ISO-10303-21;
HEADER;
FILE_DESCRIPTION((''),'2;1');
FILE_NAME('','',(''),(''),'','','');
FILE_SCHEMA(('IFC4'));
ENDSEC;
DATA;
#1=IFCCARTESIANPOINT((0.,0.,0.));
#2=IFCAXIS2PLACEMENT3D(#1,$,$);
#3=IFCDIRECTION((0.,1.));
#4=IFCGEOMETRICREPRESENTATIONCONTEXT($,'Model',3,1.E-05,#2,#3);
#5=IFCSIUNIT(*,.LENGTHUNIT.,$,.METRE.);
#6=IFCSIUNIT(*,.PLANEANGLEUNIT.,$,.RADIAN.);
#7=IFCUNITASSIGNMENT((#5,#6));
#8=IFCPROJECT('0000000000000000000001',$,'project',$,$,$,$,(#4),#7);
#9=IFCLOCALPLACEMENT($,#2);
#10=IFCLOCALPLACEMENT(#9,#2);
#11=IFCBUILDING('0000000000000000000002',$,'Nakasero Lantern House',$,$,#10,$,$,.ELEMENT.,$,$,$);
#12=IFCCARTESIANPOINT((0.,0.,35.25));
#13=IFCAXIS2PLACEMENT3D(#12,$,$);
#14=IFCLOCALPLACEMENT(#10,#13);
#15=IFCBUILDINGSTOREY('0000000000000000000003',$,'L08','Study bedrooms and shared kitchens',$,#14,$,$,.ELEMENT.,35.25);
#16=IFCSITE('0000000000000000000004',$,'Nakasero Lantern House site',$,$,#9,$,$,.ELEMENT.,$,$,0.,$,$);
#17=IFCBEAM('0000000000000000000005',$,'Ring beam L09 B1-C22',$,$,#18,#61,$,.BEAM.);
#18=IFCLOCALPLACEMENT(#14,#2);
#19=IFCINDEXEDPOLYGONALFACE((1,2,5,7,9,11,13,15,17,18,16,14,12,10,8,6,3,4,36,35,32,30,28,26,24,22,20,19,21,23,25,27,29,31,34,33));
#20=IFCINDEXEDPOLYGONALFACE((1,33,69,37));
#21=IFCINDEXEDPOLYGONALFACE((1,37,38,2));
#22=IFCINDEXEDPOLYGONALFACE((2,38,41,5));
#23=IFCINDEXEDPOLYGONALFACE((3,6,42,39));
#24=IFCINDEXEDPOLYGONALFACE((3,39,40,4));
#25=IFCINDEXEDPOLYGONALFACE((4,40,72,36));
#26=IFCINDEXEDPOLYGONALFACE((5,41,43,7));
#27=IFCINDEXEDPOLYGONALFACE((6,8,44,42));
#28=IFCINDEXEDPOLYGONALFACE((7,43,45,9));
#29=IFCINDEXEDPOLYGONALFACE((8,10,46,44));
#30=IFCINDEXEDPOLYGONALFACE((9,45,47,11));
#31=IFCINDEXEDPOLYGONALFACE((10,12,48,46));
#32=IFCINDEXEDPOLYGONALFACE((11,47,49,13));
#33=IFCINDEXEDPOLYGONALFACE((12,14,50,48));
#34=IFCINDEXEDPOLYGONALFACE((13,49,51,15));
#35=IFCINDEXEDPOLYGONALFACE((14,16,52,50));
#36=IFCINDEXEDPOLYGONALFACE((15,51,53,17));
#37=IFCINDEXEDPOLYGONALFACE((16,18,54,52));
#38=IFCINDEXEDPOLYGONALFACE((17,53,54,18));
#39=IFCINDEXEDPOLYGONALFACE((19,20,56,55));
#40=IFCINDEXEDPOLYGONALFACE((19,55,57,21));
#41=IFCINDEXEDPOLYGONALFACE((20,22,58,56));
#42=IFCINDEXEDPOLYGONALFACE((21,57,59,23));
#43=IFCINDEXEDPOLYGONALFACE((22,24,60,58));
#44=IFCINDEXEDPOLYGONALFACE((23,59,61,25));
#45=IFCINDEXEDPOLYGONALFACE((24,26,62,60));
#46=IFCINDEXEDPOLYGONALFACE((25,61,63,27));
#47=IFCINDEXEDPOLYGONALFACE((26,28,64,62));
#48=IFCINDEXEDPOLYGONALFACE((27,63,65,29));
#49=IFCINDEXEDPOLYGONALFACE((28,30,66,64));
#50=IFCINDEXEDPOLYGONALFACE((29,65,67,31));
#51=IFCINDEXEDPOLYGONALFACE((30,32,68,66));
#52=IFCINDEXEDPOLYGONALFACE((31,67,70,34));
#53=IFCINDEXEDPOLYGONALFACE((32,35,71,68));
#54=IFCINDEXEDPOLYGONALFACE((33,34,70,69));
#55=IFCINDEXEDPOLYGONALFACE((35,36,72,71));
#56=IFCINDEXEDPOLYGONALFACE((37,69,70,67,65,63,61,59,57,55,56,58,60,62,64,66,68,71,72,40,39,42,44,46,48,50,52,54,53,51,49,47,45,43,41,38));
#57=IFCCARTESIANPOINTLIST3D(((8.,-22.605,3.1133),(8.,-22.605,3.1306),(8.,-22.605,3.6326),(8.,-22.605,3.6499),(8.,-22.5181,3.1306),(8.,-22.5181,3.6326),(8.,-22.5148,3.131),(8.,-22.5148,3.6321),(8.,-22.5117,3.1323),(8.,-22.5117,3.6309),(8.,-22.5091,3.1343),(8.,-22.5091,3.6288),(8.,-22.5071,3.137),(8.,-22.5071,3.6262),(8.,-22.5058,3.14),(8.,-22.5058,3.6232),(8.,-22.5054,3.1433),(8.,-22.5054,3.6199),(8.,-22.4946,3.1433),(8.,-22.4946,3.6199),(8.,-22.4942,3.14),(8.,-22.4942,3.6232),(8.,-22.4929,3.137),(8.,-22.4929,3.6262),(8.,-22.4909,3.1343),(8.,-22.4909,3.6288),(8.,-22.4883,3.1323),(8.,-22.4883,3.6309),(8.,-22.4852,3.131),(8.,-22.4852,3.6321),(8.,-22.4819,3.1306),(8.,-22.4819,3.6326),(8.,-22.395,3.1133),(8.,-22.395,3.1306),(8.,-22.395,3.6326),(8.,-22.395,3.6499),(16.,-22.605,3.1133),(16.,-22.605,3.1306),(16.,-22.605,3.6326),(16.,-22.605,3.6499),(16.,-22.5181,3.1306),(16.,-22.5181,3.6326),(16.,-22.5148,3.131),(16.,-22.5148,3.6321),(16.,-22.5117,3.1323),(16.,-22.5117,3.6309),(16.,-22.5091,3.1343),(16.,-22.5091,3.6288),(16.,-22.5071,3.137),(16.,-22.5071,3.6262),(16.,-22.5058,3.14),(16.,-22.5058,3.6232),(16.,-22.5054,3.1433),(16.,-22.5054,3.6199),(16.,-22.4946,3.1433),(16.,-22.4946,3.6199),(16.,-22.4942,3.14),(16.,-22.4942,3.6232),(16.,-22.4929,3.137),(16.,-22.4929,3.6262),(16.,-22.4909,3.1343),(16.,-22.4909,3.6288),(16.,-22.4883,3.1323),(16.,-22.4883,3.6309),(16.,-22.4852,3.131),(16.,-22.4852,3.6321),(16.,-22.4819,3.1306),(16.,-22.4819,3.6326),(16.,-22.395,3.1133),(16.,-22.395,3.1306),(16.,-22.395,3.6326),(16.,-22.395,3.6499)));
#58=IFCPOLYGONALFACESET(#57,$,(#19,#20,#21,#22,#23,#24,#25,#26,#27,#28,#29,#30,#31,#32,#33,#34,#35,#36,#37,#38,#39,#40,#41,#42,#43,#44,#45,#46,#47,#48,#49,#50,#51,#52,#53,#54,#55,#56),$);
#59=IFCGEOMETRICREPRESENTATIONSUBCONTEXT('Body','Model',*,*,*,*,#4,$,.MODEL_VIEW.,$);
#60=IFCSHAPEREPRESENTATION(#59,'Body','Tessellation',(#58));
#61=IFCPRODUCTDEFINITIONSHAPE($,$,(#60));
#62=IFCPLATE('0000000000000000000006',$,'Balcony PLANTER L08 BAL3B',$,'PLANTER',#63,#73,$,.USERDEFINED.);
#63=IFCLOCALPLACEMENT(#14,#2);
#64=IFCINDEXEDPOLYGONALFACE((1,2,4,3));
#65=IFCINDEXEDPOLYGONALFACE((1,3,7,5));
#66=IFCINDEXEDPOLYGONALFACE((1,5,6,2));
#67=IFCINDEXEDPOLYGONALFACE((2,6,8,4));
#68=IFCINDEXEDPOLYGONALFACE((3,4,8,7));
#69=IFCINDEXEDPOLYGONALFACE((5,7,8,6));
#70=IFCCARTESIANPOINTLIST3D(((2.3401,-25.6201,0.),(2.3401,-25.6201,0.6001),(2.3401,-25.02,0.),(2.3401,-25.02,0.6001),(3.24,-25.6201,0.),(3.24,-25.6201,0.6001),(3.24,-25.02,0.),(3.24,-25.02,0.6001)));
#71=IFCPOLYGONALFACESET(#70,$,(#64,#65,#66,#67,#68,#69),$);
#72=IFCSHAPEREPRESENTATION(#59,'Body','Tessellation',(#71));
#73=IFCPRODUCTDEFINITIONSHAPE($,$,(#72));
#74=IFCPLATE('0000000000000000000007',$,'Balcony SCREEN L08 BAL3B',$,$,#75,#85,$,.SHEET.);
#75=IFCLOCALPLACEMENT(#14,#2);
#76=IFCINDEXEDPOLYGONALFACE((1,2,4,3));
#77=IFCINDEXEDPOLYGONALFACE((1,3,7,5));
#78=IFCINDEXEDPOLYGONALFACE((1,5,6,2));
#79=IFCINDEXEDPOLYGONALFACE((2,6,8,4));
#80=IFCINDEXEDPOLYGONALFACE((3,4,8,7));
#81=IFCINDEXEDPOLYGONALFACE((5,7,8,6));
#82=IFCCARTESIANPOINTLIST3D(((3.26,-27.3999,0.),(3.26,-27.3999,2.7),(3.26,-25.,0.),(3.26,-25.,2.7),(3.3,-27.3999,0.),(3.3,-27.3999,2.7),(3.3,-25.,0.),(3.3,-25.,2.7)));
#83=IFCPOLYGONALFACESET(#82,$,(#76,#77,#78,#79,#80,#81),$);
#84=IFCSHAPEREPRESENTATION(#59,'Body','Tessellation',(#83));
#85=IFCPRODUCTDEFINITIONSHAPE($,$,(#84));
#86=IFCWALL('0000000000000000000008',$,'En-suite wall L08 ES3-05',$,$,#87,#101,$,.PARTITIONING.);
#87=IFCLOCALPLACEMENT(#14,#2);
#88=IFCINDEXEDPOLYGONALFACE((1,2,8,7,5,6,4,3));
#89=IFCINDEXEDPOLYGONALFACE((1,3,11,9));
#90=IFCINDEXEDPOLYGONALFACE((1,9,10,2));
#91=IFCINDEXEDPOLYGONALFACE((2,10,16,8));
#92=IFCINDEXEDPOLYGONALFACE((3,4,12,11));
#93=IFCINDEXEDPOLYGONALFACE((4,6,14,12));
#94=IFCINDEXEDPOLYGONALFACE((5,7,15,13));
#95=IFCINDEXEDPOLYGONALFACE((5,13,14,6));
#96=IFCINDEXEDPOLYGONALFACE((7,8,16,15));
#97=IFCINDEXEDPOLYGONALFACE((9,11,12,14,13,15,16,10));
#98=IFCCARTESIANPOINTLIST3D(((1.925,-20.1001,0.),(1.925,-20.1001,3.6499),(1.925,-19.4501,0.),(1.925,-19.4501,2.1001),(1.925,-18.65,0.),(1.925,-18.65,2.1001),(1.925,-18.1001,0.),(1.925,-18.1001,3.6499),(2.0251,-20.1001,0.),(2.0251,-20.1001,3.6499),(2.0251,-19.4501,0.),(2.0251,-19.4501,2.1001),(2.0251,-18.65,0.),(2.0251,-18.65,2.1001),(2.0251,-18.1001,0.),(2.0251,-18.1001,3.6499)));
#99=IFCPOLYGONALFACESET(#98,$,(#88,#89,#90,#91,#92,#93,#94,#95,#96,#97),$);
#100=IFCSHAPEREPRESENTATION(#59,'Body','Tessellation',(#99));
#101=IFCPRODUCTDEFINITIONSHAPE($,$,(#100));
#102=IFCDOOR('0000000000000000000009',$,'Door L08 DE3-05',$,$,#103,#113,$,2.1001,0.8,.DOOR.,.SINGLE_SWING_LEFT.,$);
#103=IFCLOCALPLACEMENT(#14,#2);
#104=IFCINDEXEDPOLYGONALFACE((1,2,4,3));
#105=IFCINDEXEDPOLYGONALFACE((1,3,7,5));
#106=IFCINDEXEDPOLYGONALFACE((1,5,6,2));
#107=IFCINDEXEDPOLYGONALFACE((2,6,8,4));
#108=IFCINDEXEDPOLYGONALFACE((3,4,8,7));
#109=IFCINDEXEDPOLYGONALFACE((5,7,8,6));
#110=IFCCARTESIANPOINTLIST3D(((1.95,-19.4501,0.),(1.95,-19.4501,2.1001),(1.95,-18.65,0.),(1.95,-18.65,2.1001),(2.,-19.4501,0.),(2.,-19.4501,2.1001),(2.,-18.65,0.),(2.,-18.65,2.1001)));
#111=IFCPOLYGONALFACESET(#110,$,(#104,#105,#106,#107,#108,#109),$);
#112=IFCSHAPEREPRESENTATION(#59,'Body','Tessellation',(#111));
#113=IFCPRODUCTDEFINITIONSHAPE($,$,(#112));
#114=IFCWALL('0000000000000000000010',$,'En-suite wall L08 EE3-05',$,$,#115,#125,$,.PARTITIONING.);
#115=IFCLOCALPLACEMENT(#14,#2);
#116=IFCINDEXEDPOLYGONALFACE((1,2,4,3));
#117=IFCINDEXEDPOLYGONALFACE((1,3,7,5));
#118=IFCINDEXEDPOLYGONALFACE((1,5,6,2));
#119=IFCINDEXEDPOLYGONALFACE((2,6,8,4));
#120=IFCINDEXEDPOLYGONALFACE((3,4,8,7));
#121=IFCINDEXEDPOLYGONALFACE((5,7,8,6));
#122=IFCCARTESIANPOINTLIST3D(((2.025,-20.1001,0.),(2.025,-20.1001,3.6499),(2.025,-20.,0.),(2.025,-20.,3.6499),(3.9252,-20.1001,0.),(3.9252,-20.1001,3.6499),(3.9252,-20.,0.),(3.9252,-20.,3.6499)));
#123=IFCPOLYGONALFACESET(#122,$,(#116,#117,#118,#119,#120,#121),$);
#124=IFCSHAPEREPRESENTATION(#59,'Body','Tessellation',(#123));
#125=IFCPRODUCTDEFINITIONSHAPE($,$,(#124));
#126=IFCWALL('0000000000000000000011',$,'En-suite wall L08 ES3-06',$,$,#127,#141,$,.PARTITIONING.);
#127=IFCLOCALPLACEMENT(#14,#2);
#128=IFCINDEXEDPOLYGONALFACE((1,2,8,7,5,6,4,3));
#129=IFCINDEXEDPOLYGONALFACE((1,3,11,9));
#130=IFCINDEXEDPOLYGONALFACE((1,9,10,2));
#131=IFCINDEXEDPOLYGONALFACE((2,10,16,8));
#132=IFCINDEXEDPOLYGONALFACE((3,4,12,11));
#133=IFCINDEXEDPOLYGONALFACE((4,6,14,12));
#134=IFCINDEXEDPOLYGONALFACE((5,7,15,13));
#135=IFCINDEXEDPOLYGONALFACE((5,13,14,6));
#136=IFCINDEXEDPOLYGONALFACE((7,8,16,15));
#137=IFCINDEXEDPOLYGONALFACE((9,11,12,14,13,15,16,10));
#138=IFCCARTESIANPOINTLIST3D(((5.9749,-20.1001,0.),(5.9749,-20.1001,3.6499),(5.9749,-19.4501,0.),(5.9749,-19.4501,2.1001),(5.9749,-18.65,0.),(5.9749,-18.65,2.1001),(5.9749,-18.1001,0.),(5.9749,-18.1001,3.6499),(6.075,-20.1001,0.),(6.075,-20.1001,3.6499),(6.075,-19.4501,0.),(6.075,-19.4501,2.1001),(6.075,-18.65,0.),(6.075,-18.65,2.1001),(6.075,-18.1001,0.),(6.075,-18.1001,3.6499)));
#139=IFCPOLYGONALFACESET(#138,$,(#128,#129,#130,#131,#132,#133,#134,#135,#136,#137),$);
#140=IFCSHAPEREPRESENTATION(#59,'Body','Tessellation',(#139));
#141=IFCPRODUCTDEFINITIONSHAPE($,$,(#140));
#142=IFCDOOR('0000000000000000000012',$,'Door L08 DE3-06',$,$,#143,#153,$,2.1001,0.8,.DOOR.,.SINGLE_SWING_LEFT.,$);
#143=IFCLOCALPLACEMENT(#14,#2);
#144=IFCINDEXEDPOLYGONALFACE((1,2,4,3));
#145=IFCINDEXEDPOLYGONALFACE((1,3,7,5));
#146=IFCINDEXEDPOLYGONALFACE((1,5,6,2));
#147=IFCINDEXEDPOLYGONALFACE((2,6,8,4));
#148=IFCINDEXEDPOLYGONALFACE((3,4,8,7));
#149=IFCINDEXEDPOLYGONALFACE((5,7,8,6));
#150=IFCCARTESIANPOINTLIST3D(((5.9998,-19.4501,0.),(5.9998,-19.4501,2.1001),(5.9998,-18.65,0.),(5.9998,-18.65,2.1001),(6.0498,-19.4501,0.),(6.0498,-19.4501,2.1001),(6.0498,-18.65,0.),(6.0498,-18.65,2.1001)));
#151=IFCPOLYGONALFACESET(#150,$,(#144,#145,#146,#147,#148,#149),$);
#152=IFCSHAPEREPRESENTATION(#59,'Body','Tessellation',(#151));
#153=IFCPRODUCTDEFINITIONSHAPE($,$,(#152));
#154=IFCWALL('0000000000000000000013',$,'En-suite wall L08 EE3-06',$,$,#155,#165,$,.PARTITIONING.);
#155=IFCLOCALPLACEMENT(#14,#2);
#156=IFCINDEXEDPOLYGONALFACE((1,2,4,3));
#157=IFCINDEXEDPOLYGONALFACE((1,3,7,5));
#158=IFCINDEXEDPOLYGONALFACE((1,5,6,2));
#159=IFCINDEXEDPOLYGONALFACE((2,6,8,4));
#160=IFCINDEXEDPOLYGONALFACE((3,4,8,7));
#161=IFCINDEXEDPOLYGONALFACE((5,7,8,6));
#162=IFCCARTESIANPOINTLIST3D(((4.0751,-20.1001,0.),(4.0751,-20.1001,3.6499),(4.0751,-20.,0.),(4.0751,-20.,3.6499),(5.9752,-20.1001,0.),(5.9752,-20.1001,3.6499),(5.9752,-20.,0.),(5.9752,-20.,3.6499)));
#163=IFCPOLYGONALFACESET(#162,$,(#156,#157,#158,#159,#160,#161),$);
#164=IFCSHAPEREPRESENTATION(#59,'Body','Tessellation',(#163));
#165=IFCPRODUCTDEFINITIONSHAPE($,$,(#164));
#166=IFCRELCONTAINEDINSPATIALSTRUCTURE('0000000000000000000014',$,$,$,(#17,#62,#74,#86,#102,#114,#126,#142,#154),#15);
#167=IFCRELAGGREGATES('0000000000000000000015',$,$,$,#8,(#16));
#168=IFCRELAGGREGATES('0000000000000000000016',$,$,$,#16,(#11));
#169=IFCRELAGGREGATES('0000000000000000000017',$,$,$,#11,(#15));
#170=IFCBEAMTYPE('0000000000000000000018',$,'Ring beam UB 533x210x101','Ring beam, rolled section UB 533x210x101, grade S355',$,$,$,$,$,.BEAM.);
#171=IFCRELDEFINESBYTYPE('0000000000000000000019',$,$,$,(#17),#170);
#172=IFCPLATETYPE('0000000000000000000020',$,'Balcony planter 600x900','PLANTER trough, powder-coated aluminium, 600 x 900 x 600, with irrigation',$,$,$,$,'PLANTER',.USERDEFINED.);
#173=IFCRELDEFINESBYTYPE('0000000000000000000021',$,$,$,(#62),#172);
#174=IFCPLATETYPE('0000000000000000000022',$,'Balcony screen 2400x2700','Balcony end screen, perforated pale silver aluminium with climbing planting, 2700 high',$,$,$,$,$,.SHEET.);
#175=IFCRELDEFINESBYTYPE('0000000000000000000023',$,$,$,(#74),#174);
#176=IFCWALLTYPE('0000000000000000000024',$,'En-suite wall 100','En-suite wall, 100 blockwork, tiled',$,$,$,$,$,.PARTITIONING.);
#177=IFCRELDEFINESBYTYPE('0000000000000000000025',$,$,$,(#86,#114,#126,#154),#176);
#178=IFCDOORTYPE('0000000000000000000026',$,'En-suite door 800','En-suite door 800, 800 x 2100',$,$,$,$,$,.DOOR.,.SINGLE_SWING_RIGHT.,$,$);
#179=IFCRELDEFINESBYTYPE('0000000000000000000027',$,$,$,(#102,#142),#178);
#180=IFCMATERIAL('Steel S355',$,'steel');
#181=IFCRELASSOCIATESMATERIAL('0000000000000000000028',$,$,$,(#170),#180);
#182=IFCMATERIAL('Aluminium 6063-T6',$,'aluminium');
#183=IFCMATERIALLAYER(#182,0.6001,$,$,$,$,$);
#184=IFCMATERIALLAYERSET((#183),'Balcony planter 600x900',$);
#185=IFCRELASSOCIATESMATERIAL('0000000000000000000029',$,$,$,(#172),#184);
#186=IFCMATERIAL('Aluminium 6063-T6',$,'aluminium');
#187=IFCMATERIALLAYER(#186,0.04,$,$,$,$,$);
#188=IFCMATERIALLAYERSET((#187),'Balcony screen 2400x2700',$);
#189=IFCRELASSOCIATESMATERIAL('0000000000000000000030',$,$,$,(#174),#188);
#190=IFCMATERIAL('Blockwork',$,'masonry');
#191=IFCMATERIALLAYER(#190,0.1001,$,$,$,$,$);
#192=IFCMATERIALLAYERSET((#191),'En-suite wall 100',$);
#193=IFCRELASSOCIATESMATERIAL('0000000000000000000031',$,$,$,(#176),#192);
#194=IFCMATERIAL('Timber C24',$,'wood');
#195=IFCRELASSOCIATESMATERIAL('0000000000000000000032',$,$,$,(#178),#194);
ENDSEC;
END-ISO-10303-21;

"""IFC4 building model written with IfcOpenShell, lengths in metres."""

from ifc_helpers import new_model, si_unit, direction, frame, frame_2d, origin, origin_2d, place, context, subcontext, project, spatial, rectangle, i_section, extrude, material, layer, layer_set, material_profile, profile_set, type_object, element, fill, save


model = new_model("IFC4")

# Units and contexts
model_context = context("Model", 3, precision=1e-05, world=origin(), true_north=direction((0.0, 1.0)))
body_context = subcontext(model_context, "Body", "Model", "MODEL_VIEW")
ifc_project = project(units=[si_unit("LENGTHUNIT", "METRE"), si_unit("PLANEANGLEUNIT", "RADIAN")], contexts=[model_context])

# Site, building, storey
site_placement = place(None, origin())
site = spatial("IfcSite", under=ifc_project, at=site_placement, Name="Nakasero Lantern House site", CompositionType="ELEMENT", RefElevation=0.0)
building_placement = place(site_placement, origin())
building = spatial("IfcBuilding", under=site, at=building_placement, Name="Nakasero Lantern House", CompositionType="ELEMENT")
storey_placement = place(building_placement, frame((0.0, 0.0, 35.25)))
storey = spatial("IfcBuildingStorey", under=building, at=storey_placement, Name="L08", Description="Study bedrooms and shared kitchens", CompositionType="ELEMENT", Elevation=35.25)

# Beam
ifc_material_1 = material(Name="Steel S355", Category="steel")
ifc_material_profile_1 = material_profile(ifc_material_1, i_section(OverallWidth=0.21, OverallDepth=0.5366, WebThickness=0.0107, FlangeThickness=0.0173, FilletRadius=0.0127, at=origin_2d()), Name="UB 533x210x101")
ifc_profile_set_1 = profile_set([ifc_material_profile_1], Name="Steel S355")
beam_type_1 = type_object("IfcBeamType", Name="Ring beam UB 533x210x101", Description="Ring beam, rolled section UB 533x210x101, grade S355", PredefinedType="BEAM", material=ifc_profile_set_1)
beam_1_placement = place(storey_placement, frame((8.0, -22.5, 3.3816), z_axis=(1.0, 0.0, 0.0), x_axis=(0.0, 1.0, 0.0)))
element("IfcBeam", 1, at=beam_1_placement, inside=storey, type_object=beam_type_1, Name="Ring beam L09 B1-C22", PredefinedType="BEAM", context=body_context, shape_type="SweptSolid", body=[
    extrude(i_section(OverallWidth=0.21, OverallDepth=0.5366, WebThickness=0.0107, FlangeThickness=0.0173, FilletRadius=0.0127, at=origin_2d()), origin(), (0.0, 0.0, 1.0), 8.0),
])

# Plates
ifc_material_2 = material(Name="Aluminium 6063-T6", Category="aluminium")
ifc_layer_1 = layer(ifc_material_2, 0.6001)
ifc_layer_set_1 = layer_set([ifc_layer_1], Name="Balcony planter 600x900")
plate_type_1 = type_object("IfcPlateType", Name="Balcony planter 600x900", Description="PLANTER trough, powder-coated aluminium, 600 x 900 x 600, with irrigation", ElementType="PLANTER", PredefinedType="USERDEFINED", material=ifc_layer_set_1)
plate_1_placement = place(storey_placement, frame((2.79, -25.3201, 0.0), z_axis=(0.0, 0.0, 1.0), x_axis=(0.0, -1.0, 0.0)))
element("IfcPlate", 2, at=plate_1_placement, inside=storey, type_object=plate_type_1, Name="Balcony PLANTER L08 BAL3B", ObjectType="PLANTER", PredefinedType="USERDEFINED", context=body_context, shape_type="SweptSolid", body=[
    extrude(rectangle(XDim=0.6001, YDim=0.8999, at=origin_2d()), origin(), (0.0, 0.0, 1.0), 0.6001),
])
ifc_material_3 = material(Name="Aluminium 6063-T6", Category="aluminium")
ifc_layer_2 = layer(ifc_material_3, 0.04)
ifc_layer_set_2 = layer_set([ifc_layer_2], Name="Balcony screen 2400x2700")
plate_type_2 = type_object("IfcPlateType", Name="Balcony screen 2400x2700", Description="Balcony end screen, perforated pale silver aluminium with climbing planting, 2700 high", PredefinedType="SHEET", material=ifc_layer_set_2)
plate_2_placement = place(storey_placement, frame((3.28, -26.2, 0.0), z_axis=(0.0, 0.0, 1.0), x_axis=(0.0, -1.0, 0.0)))
element("IfcPlate", 3, at=plate_2_placement, inside=storey, type_object=plate_type_2, Name="Balcony SCREEN L08 BAL3B", PredefinedType="SHEET", context=body_context, shape_type="SweptSolid", body=[
    extrude(rectangle(XDim=2.3999, YDim=0.04, at=origin_2d()), origin(), (0.0, 0.0, 1.0), 2.7),
])

# Wall, opening, door
ifc_material_4 = material(Name="Blockwork", Category="masonry")
ifc_layer_3 = layer(ifc_material_4, 0.1001)
ifc_layer_set_3 = layer_set([ifc_layer_3], Name="En-suite wall 100")
wall_type_1 = type_object("IfcWallType", Name="En-suite wall 100", Description="En-suite wall, 100 blockwork, tiled", PredefinedType="PARTITIONING", material=ifc_layer_set_3)
wall_1_placement = place(storey_placement, frame((1.9751, -18.1001, 0.0), z_axis=(0.0, 0.0, 1.0), x_axis=(0.0, -1.0, 0.0)))
wall_1 = element("IfcWall", 4, at=wall_1_placement, inside=storey, type_object=wall_type_1, Name="En-suite wall L08 ES3-05", PredefinedType="PARTITIONING", context=body_context, shape_type="SweptSolid", body=[
    extrude(rectangle(XDim=2.0, YDim=0.1001, at=frame_2d((1.0, 0.0))), origin(), (0.0, 0.0, 1.0), 3.6499),
])
opening_1_placement = place(wall_1_placement, frame((0.55, 0.0, 0.0)))
opening_1 = element("IfcOpeningElement", 5, at=opening_1_placement, cuts=wall_1, PredefinedType="OPENING", context=body_context, shape_type="SweptSolid", body=[
    extrude(rectangle(XDim=0.8, YDim=2.1001, at=frame_2d((0.3999, 1.05))), frame((0.0, 0.0701, 0.0), z_axis=(0.0, -1.0, 0.0), x_axis=(1.0, 0.0, 0.0)), (0.0, 0.0, 1.0), 0.1401),
])
ifc_material_5 = material(Name="Timber C24", Category="wood")
door_type_1 = type_object("IfcDoorType", Name="En-suite door 800", Description="En-suite door 800, 800 x 2100", OperationType="SINGLE_SWING_RIGHT", PredefinedType="DOOR", material=ifc_material_5)
door_1_placement = place(opening_1_placement, origin())
door_1 = element("IfcDoor", 6, at=door_1_placement, inside=storey, type_object=door_type_1, Name="Door L08 DE3-05", OperationType="SINGLE_SWING_LEFT", OverallHeight=2.1001, OverallWidth=0.8, PredefinedType="DOOR", context=body_context, shape_type="SweptSolid", body=[
    extrude(rectangle(XDim=0.8, YDim=2.1001, at=frame_2d((0.3999, 1.05))), frame((0.0, 0.0249, 0.0), z_axis=(0.0, -1.0, 0.0), x_axis=(1.0, 0.0, 0.0)), (0.0, 0.0, 1.0), 0.05),
])
fill(opening_1, door_1)

# Wall
wall_2_placement = place(storey_placement, frame((2.0249, -20.05, 0.0), z_axis=(0.0, 0.0, 1.0), x_axis=(1.0, 0.0, 0.0)))
element("IfcWall", 7, at=wall_2_placement, inside=storey, type_object=wall_type_1, Name="En-suite wall L08 EE3-05", PredefinedType="PARTITIONING", context=body_context, shape_type="SweptSolid", body=[
    extrude(rectangle(XDim=1.9001, YDim=0.1001, at=frame_2d((0.9502, 0.0))), origin(), (0.0, 0.0, 1.0), 3.6499),
])

# Wall, opening, door
wall_3_placement = place(storey_placement, frame((6.0249, -18.1001, 0.0), z_axis=(0.0, 0.0, 1.0), x_axis=(0.0, -1.0, 0.0)))
wall_3 = element("IfcWall", 8, at=wall_3_placement, inside=storey, type_object=wall_type_1, Name="En-suite wall L08 ES3-06", PredefinedType="PARTITIONING", context=body_context, shape_type="SweptSolid", body=[
    extrude(rectangle(XDim=2.0, YDim=0.1001, at=frame_2d((1.0, 0.0))), origin(), (0.0, 0.0, 1.0), 3.6499),
])
opening_2_placement = place(wall_3_placement, frame((0.55, 0.0, 0.0)))
opening_2 = element("IfcOpeningElement", 9, at=opening_2_placement, cuts=wall_3, PredefinedType="OPENING", context=body_context, shape_type="SweptSolid", body=[
    extrude(rectangle(XDim=0.8, YDim=2.1001, at=frame_2d((0.3999, 1.05))), frame((0.0, 0.0701, 0.0), z_axis=(0.0, -1.0, 0.0), x_axis=(1.0, 0.0, 0.0)), (0.0, 0.0, 1.0), 0.1401),
])
door_2_placement = place(opening_2_placement, origin())
door_2 = element("IfcDoor", 10, at=door_2_placement, inside=storey, type_object=door_type_1, Name="Door L08 DE3-06", OperationType="SINGLE_SWING_LEFT", OverallHeight=2.1001, OverallWidth=0.8, PredefinedType="DOOR", context=body_context, shape_type="SweptSolid", body=[
    extrude(rectangle(XDim=0.8, YDim=2.1001, at=frame_2d((0.3999, 1.05))), frame((0.0, 0.0249, 0.0), z_axis=(0.0, -1.0, 0.0), x_axis=(1.0, 0.0, 0.0)), (0.0, 0.0, 1.0), 0.05),
])
fill(opening_2, door_2)

# Wall
wall_4_placement = place(storey_placement, frame((4.075, -20.05, 0.0), z_axis=(0.0, 0.0, 1.0), x_axis=(1.0, 0.0, 0.0)))
element("IfcWall", 11, at=wall_4_placement, inside=storey, type_object=wall_type_1, Name="En-suite wall L08 EE3-06", PredefinedType="PARTITIONING", context=body_context, shape_type="SweptSolid", body=[
    extrude(rectangle(XDim=1.9001, YDim=0.1001, at=frame_2d((0.9502, 0.0))), origin(), (0.0, 0.0, 1.0), 3.6499),
])

save(model, "model.ifc")
